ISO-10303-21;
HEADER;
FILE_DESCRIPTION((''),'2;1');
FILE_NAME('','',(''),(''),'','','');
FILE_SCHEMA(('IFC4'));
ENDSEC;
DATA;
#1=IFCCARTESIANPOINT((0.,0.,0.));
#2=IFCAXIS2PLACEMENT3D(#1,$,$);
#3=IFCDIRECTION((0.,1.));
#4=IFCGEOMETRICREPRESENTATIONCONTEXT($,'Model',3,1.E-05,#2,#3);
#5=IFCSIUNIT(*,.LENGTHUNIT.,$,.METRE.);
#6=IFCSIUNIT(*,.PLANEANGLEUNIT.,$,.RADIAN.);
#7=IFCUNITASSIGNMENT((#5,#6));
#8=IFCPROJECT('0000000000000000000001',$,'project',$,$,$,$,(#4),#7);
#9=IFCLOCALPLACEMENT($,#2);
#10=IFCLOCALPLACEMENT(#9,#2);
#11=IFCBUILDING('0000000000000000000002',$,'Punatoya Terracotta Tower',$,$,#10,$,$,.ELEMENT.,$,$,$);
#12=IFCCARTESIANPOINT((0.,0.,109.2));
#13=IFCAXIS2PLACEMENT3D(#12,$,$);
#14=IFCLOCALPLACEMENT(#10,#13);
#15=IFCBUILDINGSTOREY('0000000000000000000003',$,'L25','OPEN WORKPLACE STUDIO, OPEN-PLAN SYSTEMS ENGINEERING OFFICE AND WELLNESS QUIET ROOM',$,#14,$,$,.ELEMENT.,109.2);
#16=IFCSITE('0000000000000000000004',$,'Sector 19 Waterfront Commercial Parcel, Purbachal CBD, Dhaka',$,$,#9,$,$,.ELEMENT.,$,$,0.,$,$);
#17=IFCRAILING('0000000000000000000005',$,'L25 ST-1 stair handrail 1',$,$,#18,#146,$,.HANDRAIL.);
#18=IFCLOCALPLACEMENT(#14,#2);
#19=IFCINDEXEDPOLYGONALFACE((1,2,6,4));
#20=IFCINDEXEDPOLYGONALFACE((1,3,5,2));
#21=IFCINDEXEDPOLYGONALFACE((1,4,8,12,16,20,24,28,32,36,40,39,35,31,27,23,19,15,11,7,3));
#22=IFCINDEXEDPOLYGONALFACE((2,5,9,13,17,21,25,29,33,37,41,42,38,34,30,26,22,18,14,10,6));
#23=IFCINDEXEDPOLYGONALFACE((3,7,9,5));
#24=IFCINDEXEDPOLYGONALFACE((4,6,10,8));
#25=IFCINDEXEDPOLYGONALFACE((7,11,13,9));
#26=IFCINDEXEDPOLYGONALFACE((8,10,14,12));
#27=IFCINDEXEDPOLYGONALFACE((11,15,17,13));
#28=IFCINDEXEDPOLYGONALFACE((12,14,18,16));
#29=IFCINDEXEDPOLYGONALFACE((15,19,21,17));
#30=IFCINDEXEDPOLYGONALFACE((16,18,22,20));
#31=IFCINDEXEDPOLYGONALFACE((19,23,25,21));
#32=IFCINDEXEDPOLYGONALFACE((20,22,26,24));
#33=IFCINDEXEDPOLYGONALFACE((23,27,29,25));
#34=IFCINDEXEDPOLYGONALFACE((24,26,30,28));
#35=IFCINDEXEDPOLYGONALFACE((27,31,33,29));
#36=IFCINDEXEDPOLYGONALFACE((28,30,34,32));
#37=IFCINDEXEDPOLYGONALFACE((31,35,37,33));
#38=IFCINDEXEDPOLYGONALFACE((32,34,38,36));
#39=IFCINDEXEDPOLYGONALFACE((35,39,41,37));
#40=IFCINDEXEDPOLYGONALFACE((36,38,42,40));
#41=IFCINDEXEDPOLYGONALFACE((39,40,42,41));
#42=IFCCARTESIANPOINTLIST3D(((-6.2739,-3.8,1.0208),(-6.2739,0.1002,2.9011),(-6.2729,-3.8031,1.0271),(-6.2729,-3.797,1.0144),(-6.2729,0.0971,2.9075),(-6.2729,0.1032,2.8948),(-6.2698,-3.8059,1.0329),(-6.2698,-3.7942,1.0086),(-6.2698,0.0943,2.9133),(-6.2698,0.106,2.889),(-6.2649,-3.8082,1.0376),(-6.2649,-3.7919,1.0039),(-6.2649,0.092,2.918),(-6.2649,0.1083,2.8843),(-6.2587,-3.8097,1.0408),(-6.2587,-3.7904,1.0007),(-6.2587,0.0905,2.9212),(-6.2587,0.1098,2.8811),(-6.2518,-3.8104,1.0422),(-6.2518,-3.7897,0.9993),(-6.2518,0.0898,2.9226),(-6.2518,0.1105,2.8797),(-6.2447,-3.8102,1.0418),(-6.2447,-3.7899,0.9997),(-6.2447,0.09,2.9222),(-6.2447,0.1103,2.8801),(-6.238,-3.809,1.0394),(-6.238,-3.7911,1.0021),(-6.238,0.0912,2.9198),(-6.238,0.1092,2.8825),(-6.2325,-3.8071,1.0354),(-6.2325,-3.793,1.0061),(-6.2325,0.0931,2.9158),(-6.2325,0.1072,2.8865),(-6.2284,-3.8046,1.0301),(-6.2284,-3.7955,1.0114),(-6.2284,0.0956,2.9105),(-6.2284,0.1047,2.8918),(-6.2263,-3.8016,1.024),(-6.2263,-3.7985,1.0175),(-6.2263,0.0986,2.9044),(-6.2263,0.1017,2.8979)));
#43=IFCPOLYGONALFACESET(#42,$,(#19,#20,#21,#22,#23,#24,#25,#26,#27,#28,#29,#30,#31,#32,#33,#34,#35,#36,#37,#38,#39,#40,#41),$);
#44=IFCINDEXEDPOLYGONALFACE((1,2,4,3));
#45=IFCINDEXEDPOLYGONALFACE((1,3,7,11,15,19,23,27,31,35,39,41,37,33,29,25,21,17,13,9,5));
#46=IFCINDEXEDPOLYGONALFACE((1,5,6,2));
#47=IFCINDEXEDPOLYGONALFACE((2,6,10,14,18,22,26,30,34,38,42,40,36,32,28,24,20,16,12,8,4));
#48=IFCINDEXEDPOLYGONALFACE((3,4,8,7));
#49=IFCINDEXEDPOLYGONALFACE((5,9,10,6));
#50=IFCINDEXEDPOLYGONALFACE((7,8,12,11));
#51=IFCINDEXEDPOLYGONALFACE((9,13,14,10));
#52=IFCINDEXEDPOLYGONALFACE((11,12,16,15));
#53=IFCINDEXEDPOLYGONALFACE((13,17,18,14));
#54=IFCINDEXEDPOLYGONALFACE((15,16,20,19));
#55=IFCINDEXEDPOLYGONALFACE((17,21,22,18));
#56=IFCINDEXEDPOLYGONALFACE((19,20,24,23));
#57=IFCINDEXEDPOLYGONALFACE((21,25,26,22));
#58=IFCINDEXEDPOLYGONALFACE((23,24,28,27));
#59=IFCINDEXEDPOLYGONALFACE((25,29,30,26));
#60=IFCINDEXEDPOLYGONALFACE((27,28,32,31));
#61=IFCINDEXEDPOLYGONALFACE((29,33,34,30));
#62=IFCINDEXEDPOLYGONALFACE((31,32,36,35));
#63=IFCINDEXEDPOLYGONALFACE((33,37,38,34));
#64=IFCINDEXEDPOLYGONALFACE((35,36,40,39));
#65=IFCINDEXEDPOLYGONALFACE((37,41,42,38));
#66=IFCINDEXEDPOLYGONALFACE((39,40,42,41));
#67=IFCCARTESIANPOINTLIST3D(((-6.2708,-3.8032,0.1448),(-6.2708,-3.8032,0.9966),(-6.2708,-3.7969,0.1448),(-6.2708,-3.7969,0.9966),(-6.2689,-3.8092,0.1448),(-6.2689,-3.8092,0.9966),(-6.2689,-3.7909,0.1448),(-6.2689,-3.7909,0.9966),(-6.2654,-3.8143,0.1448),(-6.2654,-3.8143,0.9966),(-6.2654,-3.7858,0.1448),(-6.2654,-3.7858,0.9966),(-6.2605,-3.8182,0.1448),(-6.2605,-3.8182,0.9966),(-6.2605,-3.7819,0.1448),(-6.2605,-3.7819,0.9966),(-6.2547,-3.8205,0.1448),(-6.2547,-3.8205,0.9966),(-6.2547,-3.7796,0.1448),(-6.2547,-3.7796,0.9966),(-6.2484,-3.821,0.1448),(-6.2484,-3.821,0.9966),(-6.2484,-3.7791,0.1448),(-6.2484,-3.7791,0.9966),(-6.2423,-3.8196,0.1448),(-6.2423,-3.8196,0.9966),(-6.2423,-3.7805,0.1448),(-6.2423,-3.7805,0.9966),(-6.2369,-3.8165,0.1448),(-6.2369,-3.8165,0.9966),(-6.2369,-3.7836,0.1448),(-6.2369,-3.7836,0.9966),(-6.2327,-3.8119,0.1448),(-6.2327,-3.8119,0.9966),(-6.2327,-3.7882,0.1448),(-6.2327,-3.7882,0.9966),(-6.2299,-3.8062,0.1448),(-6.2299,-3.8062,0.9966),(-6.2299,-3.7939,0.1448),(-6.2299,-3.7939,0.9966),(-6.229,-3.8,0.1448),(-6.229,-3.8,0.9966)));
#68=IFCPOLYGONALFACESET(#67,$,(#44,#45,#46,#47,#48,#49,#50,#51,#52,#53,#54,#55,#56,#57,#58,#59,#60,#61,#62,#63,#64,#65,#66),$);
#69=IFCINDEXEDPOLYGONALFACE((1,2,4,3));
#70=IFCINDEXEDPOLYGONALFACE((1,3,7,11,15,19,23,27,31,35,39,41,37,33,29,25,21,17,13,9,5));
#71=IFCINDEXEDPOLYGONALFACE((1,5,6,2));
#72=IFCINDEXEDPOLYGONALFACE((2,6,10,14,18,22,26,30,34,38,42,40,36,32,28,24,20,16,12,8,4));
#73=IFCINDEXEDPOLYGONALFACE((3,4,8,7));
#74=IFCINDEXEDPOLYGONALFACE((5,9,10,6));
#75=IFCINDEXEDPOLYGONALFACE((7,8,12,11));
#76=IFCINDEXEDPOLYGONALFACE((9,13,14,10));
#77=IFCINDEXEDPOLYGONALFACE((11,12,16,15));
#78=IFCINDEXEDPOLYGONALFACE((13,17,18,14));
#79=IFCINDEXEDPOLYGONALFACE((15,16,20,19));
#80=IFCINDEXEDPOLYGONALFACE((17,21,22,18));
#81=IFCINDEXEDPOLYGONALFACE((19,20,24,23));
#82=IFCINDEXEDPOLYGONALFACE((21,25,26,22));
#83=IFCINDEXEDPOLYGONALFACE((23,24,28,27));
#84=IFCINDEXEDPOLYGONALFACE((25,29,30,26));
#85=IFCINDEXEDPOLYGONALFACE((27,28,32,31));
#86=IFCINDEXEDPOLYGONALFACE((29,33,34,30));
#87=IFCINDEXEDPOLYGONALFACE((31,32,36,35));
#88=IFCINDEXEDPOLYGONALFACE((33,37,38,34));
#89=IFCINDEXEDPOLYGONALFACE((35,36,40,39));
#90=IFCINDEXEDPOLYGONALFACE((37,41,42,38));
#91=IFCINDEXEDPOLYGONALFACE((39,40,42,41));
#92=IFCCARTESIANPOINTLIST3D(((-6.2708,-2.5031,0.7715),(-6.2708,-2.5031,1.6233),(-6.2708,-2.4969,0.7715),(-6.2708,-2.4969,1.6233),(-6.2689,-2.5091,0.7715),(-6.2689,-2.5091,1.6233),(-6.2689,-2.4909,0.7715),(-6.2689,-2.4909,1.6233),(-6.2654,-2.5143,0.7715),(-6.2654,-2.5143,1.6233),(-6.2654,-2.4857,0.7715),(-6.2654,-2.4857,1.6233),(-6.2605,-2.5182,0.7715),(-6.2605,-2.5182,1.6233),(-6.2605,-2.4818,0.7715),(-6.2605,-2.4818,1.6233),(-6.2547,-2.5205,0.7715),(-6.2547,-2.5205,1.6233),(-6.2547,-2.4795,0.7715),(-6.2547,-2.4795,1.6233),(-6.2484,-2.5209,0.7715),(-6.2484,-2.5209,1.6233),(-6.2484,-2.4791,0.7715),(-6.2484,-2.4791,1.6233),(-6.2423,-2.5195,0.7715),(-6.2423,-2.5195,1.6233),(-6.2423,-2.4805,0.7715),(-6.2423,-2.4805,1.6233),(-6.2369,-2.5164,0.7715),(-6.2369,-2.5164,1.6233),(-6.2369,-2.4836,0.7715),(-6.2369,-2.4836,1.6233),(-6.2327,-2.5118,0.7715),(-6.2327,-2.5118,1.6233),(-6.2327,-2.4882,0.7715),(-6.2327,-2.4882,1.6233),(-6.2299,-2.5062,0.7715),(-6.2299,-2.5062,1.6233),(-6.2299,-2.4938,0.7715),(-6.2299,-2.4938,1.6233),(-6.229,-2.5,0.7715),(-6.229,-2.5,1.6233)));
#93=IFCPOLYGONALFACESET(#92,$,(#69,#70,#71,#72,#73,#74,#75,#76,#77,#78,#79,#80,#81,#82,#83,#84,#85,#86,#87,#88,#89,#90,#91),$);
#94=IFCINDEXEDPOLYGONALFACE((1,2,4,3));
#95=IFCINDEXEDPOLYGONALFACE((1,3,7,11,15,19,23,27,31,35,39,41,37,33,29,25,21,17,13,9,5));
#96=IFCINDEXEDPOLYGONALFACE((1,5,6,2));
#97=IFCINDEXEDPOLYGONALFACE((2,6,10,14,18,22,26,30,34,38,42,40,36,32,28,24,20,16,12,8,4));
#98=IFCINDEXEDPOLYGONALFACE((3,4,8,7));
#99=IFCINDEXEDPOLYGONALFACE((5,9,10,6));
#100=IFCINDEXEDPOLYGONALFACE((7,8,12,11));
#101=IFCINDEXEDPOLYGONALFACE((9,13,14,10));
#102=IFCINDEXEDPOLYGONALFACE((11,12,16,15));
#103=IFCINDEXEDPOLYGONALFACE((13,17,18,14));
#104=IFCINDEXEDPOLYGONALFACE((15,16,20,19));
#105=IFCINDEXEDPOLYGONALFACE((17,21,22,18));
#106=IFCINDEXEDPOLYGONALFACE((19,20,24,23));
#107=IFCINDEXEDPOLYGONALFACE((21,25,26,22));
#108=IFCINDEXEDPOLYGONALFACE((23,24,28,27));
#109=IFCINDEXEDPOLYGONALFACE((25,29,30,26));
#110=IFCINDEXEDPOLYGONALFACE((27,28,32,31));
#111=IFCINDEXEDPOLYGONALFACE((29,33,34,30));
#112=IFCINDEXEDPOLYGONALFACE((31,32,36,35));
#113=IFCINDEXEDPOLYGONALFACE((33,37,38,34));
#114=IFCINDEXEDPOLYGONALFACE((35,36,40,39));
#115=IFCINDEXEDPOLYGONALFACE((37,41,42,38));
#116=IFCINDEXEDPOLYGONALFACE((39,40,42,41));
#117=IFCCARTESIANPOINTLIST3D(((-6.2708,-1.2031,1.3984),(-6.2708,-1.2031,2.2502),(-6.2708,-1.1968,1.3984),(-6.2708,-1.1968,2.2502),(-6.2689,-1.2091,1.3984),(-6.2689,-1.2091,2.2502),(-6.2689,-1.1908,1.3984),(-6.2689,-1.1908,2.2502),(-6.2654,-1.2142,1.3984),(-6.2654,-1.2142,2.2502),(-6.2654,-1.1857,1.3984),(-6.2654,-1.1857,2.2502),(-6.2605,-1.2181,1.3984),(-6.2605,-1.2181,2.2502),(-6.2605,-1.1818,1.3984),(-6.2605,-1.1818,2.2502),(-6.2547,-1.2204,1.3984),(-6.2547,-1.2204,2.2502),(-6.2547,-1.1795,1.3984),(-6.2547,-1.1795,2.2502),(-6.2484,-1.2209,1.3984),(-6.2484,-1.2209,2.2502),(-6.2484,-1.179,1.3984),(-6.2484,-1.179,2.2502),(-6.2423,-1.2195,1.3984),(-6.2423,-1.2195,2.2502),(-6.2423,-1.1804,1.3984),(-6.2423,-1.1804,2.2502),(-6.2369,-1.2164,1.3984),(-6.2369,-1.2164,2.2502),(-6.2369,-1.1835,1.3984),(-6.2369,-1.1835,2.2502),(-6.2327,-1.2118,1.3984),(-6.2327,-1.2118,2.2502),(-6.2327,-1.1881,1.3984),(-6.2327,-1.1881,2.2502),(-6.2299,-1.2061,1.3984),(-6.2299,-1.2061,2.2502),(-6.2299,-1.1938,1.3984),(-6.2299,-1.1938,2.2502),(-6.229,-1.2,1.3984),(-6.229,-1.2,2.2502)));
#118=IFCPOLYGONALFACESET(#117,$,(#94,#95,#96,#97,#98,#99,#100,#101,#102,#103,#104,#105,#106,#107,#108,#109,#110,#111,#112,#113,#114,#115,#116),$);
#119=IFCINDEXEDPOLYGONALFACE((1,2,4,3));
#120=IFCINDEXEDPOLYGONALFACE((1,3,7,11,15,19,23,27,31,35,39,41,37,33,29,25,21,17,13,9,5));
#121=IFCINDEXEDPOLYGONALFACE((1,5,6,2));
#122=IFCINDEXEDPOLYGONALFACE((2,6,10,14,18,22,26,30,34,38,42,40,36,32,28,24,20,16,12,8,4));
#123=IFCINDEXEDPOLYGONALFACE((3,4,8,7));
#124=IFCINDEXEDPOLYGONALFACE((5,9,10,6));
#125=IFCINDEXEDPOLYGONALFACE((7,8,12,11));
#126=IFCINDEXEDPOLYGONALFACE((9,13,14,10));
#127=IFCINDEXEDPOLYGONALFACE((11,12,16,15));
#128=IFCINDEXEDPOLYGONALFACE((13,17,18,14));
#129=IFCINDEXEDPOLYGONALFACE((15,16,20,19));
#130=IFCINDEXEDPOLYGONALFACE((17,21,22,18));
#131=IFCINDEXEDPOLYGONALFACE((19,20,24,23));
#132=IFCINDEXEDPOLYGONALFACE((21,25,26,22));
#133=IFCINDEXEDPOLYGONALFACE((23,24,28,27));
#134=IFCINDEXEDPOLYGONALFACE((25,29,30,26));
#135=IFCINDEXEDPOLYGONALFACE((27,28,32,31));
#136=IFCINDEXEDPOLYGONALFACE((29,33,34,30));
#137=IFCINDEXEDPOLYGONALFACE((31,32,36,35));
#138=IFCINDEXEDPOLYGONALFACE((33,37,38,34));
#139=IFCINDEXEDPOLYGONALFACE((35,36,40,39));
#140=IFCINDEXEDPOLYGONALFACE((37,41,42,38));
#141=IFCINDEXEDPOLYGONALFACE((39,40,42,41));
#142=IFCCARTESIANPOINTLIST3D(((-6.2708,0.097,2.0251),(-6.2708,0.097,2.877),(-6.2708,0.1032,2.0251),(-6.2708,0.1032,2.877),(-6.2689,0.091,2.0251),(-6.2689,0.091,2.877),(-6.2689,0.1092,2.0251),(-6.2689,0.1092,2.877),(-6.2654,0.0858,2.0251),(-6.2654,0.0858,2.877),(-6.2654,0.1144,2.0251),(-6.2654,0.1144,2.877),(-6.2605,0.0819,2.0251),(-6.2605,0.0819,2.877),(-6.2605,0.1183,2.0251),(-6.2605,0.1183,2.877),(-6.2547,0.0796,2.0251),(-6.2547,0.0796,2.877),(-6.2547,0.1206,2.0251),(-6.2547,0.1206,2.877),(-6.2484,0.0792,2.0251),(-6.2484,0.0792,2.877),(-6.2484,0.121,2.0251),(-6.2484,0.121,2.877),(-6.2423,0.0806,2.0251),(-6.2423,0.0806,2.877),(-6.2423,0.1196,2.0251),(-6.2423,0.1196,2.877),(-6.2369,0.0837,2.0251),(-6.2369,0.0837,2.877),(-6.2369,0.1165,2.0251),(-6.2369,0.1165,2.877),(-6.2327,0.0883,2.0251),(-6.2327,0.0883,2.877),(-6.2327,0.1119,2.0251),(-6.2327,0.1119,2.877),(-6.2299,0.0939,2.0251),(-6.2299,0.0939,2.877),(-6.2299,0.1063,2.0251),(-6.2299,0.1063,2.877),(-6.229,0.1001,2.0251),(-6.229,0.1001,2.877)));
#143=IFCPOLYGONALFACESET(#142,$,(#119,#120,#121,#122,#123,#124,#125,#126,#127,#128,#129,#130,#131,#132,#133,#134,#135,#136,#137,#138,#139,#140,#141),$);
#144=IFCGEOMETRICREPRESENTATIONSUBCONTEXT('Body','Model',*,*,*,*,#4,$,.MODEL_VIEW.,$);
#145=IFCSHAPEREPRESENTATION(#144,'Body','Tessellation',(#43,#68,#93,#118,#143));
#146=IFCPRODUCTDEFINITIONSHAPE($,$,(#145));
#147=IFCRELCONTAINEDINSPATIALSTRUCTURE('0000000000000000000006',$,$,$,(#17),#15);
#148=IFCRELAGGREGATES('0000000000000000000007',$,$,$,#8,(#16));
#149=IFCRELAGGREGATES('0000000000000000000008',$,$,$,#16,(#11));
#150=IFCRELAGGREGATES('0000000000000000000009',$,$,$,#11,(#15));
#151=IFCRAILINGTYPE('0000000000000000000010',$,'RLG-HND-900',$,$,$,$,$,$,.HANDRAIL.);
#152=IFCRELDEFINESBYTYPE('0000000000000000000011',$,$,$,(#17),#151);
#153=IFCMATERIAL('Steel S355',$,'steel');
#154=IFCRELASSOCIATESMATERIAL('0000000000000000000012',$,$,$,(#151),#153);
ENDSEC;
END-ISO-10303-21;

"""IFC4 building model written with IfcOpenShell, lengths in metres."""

from ifc_helpers import new_model, si_unit, direction, frame, origin, origin_2d, place, context, subcontext, project, spatial, circle, extrude, material, type_object, element, save


model = new_model("IFC4")

# Units and contexts
model_context = context("Model", 3, precision=1e-05, world=origin(), true_north=direction((0.0, 1.0)))
body_context = subcontext(model_context, "Body", "Model", "MODEL_VIEW")
ifc_project = project(units=[si_unit("LENGTHUNIT", "METRE"), si_unit("PLANEANGLEUNIT", "RADIAN")], contexts=[model_context])

# Site, building, storey
site_placement = place(None, origin())
site = spatial("IfcSite", under=ifc_project, at=site_placement, Name="Sector 19 Waterfront Commercial Parcel, Purbachal CBD, Dhaka", CompositionType="ELEMENT", RefElevation=0.0)
building_placement = place(site_placement, origin())
building = spatial("IfcBuilding", under=site, at=building_placement, Name="Punatoya Terracotta Tower", CompositionType="ELEMENT")
storey_placement = place(building_placement, frame((0.0, 0.0, 109.2)))
storey = spatial("IfcBuildingStorey", under=building, at=storey_placement, Name="L25", Description="OPEN WORKPLACE STUDIO, OPEN-PLAN SYSTEMS ENGINEERING OFFICE AND WELLNESS QUIET ROOM", CompositionType="ELEMENT", Elevation=109.2)

# Railing
ifc_material_1 = material(Name="Steel S355", Category="steel")
railing_type_1 = type_object("IfcRailingType", Name="RLG-HND-900", PredefinedType="HANDRAIL", material=ifc_material_1)
railing_1_placement = place(storey_placement, frame((-6.25, -3.8, 0.1448)))
element("IfcRailing", 1, at=railing_1_placement, inside=storey, type_object=railing_type_1, Name="L25 ST-1 stair handrail 1", PredefinedType="HANDRAIL", context=body_context, shape_type="SweptSolid", body=[
    extrude(circle(Radius=0.0239, at=origin_2d()), frame((0.0, 0.0, 0.876), z_axis=(0.0, 0.900774, 0.434289), x_axis=(-1.0, 0.0, 0.0)), (0.0, 0.0, 1.0), 4.3298),
    extrude(circle(Radius=0.021, at=origin_2d()), origin(), (0.0, 0.0, 1.0), 0.8518),
    extrude(circle(Radius=0.021, at=origin_2d()), frame((0.0, 1.3, 0.6267)), (0.0, 0.0, 1.0), 0.8518),
    extrude(circle(Radius=0.021, at=origin_2d()), frame((0.0, 2.6001, 1.2537)), (0.0, 0.0, 1.0), 0.8518),
    extrude(circle(Radius=0.021, at=origin_2d()), frame((0.0, 3.9001, 1.8804)), (0.0, 0.0, 1.0), 0.8518),
])

save(model, "model.ifc")
